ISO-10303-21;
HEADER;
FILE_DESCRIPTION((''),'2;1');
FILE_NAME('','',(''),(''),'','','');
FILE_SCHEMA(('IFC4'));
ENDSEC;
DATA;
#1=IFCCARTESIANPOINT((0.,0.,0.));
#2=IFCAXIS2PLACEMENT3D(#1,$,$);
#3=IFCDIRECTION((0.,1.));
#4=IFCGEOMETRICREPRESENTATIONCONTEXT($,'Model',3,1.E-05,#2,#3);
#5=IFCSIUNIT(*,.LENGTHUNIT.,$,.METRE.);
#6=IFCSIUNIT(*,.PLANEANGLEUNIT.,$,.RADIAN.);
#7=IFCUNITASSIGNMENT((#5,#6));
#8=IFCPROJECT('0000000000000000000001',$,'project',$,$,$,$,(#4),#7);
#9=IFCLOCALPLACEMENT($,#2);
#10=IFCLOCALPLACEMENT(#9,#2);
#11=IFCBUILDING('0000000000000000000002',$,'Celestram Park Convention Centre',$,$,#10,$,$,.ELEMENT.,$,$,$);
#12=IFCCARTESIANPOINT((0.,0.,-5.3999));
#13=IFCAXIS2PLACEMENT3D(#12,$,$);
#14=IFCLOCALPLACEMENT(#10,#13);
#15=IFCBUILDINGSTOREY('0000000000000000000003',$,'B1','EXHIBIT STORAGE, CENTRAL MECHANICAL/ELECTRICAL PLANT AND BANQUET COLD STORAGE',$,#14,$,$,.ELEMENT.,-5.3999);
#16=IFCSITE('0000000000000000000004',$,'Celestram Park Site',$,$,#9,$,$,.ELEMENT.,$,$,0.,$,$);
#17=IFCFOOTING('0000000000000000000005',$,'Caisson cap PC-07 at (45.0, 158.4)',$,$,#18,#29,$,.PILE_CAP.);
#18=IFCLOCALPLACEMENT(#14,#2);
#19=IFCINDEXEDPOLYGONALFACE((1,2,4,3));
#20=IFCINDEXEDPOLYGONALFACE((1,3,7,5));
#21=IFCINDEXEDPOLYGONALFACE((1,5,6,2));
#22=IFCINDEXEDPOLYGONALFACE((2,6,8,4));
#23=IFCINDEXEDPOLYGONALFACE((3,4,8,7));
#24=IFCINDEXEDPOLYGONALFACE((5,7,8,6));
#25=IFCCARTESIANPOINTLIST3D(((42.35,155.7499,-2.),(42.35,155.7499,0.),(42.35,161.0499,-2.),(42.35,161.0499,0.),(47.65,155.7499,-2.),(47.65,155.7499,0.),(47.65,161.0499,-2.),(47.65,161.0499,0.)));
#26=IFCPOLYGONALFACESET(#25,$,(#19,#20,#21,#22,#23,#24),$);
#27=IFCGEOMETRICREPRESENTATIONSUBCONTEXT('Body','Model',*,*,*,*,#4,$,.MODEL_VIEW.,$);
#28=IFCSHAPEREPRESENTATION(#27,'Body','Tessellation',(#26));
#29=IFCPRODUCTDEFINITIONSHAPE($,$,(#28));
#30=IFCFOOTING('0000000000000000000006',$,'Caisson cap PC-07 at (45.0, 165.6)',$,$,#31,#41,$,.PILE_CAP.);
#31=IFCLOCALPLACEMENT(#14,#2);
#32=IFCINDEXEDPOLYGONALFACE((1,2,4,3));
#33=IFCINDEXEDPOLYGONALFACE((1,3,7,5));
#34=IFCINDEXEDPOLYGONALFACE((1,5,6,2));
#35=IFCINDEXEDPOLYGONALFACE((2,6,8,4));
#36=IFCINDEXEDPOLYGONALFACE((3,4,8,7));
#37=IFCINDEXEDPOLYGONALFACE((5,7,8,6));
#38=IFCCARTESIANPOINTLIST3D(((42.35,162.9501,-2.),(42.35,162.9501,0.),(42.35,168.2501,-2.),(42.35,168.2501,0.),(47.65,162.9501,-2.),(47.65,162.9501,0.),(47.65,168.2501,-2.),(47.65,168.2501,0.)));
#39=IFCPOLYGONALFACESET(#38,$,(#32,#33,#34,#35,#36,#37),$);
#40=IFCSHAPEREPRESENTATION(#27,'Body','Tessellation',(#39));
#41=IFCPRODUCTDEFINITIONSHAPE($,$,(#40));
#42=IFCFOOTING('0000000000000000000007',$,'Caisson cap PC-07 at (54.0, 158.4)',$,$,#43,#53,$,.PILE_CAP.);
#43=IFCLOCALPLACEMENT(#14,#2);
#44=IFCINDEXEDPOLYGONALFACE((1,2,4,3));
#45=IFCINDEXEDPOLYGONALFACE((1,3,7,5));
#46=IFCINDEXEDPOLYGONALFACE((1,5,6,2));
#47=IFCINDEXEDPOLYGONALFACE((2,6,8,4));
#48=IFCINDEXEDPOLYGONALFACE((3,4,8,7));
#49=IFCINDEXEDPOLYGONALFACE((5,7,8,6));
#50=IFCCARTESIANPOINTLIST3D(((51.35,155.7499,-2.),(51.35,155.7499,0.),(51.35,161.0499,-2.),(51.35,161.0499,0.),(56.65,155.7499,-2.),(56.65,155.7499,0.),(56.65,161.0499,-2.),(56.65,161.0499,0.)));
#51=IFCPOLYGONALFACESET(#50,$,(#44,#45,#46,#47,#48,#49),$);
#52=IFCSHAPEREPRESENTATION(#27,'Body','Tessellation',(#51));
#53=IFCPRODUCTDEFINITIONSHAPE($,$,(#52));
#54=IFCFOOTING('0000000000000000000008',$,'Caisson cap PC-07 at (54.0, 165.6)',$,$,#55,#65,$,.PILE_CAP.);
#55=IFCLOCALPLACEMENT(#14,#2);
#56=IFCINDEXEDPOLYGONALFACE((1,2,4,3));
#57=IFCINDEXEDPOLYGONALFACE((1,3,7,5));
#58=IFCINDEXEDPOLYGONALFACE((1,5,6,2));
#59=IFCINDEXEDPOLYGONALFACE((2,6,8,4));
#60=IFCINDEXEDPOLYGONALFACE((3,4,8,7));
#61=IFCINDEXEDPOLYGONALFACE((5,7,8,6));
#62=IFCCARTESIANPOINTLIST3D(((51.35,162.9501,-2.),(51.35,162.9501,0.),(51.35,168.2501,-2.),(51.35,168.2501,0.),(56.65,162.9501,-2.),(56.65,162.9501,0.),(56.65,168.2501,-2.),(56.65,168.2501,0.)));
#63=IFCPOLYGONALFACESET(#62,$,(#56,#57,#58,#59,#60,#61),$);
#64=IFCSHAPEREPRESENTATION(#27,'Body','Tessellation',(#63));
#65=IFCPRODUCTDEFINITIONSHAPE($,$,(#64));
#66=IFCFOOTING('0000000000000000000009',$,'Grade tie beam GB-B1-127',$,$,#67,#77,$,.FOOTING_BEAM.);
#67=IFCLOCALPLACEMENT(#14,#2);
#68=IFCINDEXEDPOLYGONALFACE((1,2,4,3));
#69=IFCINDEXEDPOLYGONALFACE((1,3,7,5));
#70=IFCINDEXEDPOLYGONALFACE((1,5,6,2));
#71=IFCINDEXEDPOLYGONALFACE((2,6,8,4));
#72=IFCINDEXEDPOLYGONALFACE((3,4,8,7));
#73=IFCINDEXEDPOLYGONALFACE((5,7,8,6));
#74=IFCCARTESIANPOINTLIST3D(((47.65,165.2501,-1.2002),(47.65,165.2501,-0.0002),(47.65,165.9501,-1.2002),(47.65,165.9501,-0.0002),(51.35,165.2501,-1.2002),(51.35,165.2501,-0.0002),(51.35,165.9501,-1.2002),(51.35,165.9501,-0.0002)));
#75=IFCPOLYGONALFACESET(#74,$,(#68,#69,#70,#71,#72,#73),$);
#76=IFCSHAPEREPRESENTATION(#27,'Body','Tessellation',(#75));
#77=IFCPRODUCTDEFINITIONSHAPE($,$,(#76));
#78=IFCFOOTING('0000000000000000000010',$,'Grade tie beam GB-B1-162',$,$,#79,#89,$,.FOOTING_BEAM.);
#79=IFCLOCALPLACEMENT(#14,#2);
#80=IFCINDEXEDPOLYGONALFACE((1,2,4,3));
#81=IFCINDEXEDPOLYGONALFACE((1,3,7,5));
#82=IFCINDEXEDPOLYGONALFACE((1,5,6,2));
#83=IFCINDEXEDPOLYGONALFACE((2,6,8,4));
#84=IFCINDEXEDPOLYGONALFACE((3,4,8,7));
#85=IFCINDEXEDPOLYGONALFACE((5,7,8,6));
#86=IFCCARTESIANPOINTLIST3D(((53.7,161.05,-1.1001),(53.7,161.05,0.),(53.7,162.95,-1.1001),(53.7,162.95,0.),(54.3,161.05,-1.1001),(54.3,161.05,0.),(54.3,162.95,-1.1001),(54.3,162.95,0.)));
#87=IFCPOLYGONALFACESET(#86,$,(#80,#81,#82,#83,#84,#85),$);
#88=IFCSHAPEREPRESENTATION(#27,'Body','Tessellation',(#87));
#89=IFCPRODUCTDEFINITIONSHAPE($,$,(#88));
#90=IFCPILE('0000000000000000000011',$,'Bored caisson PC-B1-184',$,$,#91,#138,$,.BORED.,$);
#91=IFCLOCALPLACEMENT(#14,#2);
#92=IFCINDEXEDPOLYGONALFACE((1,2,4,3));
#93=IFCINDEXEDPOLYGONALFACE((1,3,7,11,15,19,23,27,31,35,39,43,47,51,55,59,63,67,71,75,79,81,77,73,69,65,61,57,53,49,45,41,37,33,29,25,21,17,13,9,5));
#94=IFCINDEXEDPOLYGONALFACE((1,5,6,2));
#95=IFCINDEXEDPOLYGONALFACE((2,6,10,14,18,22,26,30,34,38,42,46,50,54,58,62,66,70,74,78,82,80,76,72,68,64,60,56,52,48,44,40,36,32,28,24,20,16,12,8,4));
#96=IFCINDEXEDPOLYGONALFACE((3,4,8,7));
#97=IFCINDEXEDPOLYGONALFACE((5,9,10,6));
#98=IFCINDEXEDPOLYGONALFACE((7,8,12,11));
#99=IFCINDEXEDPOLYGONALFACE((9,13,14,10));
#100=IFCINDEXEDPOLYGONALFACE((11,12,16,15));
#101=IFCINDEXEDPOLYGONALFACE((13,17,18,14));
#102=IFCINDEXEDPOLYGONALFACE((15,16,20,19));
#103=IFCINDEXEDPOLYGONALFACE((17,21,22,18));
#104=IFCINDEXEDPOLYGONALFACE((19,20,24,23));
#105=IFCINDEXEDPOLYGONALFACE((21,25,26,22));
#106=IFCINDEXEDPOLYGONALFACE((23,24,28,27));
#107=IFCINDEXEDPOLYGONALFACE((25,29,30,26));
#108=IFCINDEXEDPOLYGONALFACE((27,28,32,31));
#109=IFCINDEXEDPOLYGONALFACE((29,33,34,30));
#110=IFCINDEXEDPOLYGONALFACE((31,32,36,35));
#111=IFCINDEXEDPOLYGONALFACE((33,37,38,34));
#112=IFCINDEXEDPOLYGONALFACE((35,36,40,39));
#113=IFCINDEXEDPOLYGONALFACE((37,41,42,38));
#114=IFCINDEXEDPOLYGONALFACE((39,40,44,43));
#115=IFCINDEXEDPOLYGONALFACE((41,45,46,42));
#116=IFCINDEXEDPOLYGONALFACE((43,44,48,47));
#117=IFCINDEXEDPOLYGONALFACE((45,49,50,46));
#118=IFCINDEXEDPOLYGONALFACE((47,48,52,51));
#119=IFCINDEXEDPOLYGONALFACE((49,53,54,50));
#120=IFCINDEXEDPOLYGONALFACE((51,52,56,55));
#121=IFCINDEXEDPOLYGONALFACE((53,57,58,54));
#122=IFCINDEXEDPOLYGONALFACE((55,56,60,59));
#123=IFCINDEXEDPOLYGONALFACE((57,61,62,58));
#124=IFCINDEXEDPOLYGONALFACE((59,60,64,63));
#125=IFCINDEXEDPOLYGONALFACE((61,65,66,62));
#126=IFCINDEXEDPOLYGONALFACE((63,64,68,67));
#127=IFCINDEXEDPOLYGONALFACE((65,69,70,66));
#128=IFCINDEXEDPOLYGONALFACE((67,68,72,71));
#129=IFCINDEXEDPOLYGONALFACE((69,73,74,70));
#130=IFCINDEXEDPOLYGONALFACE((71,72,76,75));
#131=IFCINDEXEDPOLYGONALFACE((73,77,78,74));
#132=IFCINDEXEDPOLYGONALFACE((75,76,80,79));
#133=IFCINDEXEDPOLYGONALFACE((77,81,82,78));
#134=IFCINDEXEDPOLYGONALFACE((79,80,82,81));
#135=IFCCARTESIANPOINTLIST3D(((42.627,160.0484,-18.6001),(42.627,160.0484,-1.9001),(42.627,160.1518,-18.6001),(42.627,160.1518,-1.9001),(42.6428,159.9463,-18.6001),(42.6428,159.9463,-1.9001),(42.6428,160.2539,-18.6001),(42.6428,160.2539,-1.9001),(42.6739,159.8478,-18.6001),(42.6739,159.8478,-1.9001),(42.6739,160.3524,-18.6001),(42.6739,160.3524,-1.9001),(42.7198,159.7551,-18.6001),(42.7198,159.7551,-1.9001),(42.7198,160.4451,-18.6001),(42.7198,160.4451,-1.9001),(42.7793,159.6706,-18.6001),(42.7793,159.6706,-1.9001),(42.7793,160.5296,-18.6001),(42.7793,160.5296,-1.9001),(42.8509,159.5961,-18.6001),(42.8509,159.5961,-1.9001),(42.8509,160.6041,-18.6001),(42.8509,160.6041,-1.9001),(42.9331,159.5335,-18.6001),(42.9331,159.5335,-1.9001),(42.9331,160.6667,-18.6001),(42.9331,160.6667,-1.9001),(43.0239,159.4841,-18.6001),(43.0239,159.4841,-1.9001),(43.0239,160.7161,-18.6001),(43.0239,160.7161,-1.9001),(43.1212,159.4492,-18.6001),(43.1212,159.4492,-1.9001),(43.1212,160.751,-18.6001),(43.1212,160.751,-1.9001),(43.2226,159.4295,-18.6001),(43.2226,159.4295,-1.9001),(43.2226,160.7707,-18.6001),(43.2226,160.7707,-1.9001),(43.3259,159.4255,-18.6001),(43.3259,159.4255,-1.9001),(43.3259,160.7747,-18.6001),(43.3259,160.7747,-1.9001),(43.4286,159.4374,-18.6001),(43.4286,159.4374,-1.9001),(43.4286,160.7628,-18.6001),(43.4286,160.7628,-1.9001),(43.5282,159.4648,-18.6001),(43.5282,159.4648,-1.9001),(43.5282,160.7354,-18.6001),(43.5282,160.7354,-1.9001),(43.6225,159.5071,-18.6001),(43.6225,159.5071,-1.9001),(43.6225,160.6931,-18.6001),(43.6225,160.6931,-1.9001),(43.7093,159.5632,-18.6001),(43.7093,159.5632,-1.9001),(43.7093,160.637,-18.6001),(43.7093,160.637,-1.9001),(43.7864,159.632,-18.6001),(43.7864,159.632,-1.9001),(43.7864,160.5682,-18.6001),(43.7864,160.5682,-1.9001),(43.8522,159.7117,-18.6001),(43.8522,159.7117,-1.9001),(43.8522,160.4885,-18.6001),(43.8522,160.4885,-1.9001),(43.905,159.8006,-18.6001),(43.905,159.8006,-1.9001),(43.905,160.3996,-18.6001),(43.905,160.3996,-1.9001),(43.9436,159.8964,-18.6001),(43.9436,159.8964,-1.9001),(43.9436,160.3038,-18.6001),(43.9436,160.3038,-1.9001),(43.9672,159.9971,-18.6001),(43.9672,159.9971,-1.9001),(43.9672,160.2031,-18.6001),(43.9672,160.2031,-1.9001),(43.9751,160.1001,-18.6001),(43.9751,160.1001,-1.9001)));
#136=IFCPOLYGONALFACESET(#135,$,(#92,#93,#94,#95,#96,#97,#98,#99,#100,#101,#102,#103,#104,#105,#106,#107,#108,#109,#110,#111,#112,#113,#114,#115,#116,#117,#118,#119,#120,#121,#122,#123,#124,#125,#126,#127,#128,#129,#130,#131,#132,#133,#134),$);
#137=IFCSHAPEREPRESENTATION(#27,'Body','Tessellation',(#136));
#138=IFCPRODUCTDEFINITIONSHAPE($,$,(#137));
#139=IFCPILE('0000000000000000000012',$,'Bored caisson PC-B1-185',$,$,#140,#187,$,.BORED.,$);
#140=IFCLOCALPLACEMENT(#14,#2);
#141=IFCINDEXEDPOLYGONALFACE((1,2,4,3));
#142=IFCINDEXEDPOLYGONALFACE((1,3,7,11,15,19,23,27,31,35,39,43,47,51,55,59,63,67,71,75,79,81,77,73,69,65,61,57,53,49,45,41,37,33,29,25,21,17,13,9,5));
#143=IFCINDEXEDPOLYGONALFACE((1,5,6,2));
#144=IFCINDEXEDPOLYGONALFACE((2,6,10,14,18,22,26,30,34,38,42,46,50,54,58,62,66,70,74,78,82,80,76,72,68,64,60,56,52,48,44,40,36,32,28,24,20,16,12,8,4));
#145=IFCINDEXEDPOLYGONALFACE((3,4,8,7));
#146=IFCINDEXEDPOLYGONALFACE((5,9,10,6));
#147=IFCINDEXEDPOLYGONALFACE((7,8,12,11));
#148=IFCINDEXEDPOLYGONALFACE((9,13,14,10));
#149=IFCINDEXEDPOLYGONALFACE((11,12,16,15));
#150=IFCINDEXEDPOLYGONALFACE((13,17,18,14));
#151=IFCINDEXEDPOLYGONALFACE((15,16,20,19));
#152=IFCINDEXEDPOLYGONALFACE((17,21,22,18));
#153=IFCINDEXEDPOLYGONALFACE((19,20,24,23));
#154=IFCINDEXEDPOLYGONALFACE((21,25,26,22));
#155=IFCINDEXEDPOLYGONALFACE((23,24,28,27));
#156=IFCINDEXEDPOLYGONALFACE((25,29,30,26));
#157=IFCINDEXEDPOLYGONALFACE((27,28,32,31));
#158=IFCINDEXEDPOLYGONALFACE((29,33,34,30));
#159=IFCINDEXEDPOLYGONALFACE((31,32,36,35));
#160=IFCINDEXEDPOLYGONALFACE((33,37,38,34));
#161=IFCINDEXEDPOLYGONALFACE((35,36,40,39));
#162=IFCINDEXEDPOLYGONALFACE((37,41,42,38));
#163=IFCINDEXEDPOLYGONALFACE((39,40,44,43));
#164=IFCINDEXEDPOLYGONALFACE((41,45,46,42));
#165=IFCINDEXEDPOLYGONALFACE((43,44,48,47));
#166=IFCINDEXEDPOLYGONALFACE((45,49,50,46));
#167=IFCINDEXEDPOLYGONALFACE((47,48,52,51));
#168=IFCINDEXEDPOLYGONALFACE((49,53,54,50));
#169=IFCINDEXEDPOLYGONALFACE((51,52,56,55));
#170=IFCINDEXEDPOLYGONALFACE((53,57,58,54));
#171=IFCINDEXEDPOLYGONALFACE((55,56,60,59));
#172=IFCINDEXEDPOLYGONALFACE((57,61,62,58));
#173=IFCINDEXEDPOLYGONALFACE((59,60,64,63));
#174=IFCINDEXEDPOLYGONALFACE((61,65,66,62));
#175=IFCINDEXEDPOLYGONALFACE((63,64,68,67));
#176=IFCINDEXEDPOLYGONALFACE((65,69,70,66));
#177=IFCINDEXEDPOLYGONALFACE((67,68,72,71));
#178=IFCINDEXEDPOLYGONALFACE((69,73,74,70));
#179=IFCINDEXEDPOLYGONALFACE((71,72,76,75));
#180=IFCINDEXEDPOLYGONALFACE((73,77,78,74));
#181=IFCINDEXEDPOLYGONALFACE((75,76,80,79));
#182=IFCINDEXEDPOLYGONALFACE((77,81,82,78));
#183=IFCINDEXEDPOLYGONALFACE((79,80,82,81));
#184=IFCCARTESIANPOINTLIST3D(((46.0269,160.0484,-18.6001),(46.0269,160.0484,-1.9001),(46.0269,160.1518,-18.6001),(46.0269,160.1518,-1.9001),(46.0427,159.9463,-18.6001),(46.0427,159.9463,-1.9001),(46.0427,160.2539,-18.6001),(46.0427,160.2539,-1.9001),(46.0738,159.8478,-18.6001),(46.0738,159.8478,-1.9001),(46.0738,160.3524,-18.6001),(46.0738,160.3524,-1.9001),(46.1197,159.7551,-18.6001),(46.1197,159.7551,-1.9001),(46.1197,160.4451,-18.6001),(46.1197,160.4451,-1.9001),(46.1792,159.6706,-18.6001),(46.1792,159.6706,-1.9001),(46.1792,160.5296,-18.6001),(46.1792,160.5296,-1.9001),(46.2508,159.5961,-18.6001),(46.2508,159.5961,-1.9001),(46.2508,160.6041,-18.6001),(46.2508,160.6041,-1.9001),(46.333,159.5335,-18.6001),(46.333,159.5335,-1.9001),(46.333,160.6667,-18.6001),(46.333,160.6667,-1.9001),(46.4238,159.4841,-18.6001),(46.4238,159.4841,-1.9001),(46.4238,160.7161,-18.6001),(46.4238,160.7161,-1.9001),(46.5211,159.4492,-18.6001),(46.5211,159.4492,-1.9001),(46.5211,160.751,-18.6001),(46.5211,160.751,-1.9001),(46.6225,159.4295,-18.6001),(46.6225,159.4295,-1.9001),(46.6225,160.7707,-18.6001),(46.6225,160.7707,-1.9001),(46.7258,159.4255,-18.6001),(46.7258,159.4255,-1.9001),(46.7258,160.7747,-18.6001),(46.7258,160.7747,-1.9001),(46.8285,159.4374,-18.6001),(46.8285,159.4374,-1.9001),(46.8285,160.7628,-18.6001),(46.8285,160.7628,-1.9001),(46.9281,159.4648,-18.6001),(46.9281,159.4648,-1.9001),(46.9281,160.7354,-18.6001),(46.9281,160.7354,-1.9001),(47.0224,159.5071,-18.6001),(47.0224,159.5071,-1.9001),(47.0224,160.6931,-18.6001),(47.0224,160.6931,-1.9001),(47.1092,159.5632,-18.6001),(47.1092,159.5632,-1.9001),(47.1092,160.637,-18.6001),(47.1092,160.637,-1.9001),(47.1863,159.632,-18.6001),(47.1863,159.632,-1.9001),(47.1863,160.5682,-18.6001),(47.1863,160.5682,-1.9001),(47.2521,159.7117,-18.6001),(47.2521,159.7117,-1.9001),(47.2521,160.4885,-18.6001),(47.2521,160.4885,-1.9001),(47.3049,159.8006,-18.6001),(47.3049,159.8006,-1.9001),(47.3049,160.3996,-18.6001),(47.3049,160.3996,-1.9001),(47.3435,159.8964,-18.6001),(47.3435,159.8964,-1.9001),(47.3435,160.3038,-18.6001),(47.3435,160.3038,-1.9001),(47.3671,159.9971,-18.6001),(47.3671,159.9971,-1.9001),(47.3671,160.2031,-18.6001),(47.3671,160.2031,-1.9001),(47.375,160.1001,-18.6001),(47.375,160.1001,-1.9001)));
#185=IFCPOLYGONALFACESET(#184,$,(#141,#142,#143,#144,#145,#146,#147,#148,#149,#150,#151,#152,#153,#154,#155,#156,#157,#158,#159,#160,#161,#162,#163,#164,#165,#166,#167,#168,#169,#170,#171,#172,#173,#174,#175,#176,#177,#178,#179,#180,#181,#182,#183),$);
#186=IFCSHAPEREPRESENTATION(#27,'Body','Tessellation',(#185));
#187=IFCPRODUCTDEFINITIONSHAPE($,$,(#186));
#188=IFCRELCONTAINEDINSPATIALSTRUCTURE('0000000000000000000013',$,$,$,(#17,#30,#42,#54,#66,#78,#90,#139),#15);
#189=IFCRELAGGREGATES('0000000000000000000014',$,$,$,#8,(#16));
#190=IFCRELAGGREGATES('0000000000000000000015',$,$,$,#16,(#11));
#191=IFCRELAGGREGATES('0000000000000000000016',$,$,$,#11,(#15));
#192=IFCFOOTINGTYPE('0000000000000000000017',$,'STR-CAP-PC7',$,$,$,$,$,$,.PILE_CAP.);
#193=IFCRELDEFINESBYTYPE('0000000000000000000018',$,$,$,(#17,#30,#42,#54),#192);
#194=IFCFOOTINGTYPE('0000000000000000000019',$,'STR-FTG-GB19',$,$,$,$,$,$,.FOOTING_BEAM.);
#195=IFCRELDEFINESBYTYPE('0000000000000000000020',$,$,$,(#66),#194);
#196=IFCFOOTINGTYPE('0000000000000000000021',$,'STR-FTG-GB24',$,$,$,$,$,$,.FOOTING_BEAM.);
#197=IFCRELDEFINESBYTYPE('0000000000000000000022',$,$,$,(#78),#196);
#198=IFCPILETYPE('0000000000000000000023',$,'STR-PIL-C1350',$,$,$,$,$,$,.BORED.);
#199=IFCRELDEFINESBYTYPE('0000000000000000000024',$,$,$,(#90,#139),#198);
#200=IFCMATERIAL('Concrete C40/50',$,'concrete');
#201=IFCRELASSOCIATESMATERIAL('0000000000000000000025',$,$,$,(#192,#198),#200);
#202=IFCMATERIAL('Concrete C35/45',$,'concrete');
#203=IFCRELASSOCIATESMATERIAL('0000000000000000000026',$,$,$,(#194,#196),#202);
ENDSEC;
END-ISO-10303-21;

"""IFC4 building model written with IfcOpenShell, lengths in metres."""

from ifc_helpers import new_model, si_unit, direction, frame, origin, origin_2d, place, context, subcontext, project, spatial, rectangle, circle, extrude, material, material_profile, profile_set, type_object, element, save


model = new_model("IFC4")

# Units and contexts
model_context = context("Model", 3, precision=1e-05, world=origin(), true_north=direction((0.0, 1.0)))
body_context = subcontext(model_context, "Body", "Model", "MODEL_VIEW")
ifc_project = project(units=[si_unit("LENGTHUNIT", "METRE"), si_unit("PLANEANGLEUNIT", "RADIAN")], contexts=[model_context])

# Site, building, storey
site_placement = place(None, origin())
site = spatial("IfcSite", under=ifc_project, at=site_placement, Name="Celestram Park Site", CompositionType="ELEMENT", RefElevation=0.0)
building_placement = place(site_placement, origin())
building = spatial("IfcBuilding", under=site, at=building_placement, Name="Celestram Park Convention Centre", CompositionType="ELEMENT")
storey_placement = place(building_placement, frame((0.0, 0.0, -5.3999)))
storey = spatial("IfcBuildingStorey", under=building, at=storey_placement, Name="B1", Description="EXHIBIT STORAGE, CENTRAL MECHANICAL/ELECTRICAL PLANT AND BANQUET COLD STORAGE", CompositionType="ELEMENT", Elevation=-5.3999)

# Footings
ifc_material_1 = material(Name="Concrete C40/50", Category="concrete")
footing_type_1 = type_object("IfcFootingType", Name="STR-CAP-PC7", PredefinedType="PILE_CAP", material=ifc_material_1)
for number, where, z_axis, x_axis, name in (
    (1, (45.0, 158.3999, -2.0), (0.0, 0.0, 1.0), (1.0, 0.0, 0.0), "Caisson cap PC-07 at (45.0, 158.4)"),
    (2, (45.0, 165.6001, -2.0), (0.0, 0.0, 1.0), (1.0, 0.0, 0.0), "Caisson cap PC-07 at (45.0, 165.6)"),
    (3, (54.0, 158.3999, -2.0), (0.0, 0.0, 1.0), (1.0, 0.0, 0.0), "Caisson cap PC-07 at (54.0, 158.4)"),
    (4, (54.0, 165.6001, -2.0), (0.0, 0.0, 1.0), (1.0, 0.0, 0.0), "Caisson cap PC-07 at (54.0, 165.6)"),
):
    element("IfcFooting", number, at=place(storey_placement, frame(where, z_axis=z_axis, x_axis=x_axis)), inside=storey, type_object=footing_type_1, Name=name, PredefinedType="PILE_CAP", context=body_context, shape_type="SweptSolid", body=[
        extrude(rectangle(XDim=5.3, YDim=5.3, at=origin_2d()), origin(), (0.0, 0.0, 1.0), 2.0),
    ])
ifc_material_2 = material(Name="Concrete C35/45", Category="concrete")
footing_type_2 = type_object("IfcFootingType", Name="STR-FTG-GB19", PredefinedType="FOOTING_BEAM", material=ifc_material_2)
footing_1_placement = place(storey_placement, frame((49.5, 165.6001, -1.2002), z_axis=(0.0, 0.0, 1.0), x_axis=(1.0, 0.0, 0.0)))
element("IfcFooting", 5, at=footing_1_placement, inside=storey, type_object=footing_type_2, Name="Grade tie beam GB-B1-127", PredefinedType="FOOTING_BEAM", context=body_context, shape_type="SweptSolid", body=[
    extrude(rectangle(XDim=3.7, YDim=0.7, at=origin_2d()), origin(), (0.0, 0.0, 1.0), 1.2),
])
footing_type_3 = type_object("IfcFootingType", Name="STR-FTG-GB24", PredefinedType="FOOTING_BEAM", material=ifc_material_2)
footing_2_placement = place(storey_placement, frame((54.0, 162.0, -1.1001), z_axis=(0.0, 0.0, 1.0), x_axis=(0.0, 1.0, 0.0)))
element("IfcFooting", 6, at=footing_2_placement, inside=storey, type_object=footing_type_3, Name="Grade tie beam GB-B1-162", PredefinedType="FOOTING_BEAM", context=body_context, shape_type="SweptSolid", body=[
    extrude(rectangle(XDim=1.8999, YDim=0.6001, at=origin_2d()), origin(), (0.0, 0.0, 1.0), 1.1001),
])

# Piles
ifc_material_profile_1 = material_profile(ifc_material_1, circle(Radius=0.675, at=origin_2d()), Name="CAISSON1350")
ifc_profile_set_1 = profile_set([ifc_material_profile_1], Name="Concrete C40/50")
pile_type = type_object("IfcPileType", Name="STR-PIL-C1350", PredefinedType="BORED", material=ifc_profile_set_1)
for number, where, z_axis, x_axis, name in (
    (7, (43.3, 160.1001, -1.9001), (0.0, 0.0, -1.0), (1.0, 0.0, 0.0), "Bored caisson PC-B1-184"),
    (8, (46.7, 160.1001, -1.9001), (0.0, 0.0, -1.0), (1.0, 0.0, 0.0), "Bored caisson PC-B1-185"),
):
    element("IfcPile", number, at=place(storey_placement, frame(where, z_axis=z_axis, x_axis=x_axis)), inside=storey, type_object=pile_type, Name=name, PredefinedType="BORED", context=body_context, shape_type="SweptSolid", body=[
        extrude(circle(Radius=0.675, at=origin_2d()), origin(), (0.0, 0.0, 1.0), 16.7),
    ])

save(model, "model.ifc")
